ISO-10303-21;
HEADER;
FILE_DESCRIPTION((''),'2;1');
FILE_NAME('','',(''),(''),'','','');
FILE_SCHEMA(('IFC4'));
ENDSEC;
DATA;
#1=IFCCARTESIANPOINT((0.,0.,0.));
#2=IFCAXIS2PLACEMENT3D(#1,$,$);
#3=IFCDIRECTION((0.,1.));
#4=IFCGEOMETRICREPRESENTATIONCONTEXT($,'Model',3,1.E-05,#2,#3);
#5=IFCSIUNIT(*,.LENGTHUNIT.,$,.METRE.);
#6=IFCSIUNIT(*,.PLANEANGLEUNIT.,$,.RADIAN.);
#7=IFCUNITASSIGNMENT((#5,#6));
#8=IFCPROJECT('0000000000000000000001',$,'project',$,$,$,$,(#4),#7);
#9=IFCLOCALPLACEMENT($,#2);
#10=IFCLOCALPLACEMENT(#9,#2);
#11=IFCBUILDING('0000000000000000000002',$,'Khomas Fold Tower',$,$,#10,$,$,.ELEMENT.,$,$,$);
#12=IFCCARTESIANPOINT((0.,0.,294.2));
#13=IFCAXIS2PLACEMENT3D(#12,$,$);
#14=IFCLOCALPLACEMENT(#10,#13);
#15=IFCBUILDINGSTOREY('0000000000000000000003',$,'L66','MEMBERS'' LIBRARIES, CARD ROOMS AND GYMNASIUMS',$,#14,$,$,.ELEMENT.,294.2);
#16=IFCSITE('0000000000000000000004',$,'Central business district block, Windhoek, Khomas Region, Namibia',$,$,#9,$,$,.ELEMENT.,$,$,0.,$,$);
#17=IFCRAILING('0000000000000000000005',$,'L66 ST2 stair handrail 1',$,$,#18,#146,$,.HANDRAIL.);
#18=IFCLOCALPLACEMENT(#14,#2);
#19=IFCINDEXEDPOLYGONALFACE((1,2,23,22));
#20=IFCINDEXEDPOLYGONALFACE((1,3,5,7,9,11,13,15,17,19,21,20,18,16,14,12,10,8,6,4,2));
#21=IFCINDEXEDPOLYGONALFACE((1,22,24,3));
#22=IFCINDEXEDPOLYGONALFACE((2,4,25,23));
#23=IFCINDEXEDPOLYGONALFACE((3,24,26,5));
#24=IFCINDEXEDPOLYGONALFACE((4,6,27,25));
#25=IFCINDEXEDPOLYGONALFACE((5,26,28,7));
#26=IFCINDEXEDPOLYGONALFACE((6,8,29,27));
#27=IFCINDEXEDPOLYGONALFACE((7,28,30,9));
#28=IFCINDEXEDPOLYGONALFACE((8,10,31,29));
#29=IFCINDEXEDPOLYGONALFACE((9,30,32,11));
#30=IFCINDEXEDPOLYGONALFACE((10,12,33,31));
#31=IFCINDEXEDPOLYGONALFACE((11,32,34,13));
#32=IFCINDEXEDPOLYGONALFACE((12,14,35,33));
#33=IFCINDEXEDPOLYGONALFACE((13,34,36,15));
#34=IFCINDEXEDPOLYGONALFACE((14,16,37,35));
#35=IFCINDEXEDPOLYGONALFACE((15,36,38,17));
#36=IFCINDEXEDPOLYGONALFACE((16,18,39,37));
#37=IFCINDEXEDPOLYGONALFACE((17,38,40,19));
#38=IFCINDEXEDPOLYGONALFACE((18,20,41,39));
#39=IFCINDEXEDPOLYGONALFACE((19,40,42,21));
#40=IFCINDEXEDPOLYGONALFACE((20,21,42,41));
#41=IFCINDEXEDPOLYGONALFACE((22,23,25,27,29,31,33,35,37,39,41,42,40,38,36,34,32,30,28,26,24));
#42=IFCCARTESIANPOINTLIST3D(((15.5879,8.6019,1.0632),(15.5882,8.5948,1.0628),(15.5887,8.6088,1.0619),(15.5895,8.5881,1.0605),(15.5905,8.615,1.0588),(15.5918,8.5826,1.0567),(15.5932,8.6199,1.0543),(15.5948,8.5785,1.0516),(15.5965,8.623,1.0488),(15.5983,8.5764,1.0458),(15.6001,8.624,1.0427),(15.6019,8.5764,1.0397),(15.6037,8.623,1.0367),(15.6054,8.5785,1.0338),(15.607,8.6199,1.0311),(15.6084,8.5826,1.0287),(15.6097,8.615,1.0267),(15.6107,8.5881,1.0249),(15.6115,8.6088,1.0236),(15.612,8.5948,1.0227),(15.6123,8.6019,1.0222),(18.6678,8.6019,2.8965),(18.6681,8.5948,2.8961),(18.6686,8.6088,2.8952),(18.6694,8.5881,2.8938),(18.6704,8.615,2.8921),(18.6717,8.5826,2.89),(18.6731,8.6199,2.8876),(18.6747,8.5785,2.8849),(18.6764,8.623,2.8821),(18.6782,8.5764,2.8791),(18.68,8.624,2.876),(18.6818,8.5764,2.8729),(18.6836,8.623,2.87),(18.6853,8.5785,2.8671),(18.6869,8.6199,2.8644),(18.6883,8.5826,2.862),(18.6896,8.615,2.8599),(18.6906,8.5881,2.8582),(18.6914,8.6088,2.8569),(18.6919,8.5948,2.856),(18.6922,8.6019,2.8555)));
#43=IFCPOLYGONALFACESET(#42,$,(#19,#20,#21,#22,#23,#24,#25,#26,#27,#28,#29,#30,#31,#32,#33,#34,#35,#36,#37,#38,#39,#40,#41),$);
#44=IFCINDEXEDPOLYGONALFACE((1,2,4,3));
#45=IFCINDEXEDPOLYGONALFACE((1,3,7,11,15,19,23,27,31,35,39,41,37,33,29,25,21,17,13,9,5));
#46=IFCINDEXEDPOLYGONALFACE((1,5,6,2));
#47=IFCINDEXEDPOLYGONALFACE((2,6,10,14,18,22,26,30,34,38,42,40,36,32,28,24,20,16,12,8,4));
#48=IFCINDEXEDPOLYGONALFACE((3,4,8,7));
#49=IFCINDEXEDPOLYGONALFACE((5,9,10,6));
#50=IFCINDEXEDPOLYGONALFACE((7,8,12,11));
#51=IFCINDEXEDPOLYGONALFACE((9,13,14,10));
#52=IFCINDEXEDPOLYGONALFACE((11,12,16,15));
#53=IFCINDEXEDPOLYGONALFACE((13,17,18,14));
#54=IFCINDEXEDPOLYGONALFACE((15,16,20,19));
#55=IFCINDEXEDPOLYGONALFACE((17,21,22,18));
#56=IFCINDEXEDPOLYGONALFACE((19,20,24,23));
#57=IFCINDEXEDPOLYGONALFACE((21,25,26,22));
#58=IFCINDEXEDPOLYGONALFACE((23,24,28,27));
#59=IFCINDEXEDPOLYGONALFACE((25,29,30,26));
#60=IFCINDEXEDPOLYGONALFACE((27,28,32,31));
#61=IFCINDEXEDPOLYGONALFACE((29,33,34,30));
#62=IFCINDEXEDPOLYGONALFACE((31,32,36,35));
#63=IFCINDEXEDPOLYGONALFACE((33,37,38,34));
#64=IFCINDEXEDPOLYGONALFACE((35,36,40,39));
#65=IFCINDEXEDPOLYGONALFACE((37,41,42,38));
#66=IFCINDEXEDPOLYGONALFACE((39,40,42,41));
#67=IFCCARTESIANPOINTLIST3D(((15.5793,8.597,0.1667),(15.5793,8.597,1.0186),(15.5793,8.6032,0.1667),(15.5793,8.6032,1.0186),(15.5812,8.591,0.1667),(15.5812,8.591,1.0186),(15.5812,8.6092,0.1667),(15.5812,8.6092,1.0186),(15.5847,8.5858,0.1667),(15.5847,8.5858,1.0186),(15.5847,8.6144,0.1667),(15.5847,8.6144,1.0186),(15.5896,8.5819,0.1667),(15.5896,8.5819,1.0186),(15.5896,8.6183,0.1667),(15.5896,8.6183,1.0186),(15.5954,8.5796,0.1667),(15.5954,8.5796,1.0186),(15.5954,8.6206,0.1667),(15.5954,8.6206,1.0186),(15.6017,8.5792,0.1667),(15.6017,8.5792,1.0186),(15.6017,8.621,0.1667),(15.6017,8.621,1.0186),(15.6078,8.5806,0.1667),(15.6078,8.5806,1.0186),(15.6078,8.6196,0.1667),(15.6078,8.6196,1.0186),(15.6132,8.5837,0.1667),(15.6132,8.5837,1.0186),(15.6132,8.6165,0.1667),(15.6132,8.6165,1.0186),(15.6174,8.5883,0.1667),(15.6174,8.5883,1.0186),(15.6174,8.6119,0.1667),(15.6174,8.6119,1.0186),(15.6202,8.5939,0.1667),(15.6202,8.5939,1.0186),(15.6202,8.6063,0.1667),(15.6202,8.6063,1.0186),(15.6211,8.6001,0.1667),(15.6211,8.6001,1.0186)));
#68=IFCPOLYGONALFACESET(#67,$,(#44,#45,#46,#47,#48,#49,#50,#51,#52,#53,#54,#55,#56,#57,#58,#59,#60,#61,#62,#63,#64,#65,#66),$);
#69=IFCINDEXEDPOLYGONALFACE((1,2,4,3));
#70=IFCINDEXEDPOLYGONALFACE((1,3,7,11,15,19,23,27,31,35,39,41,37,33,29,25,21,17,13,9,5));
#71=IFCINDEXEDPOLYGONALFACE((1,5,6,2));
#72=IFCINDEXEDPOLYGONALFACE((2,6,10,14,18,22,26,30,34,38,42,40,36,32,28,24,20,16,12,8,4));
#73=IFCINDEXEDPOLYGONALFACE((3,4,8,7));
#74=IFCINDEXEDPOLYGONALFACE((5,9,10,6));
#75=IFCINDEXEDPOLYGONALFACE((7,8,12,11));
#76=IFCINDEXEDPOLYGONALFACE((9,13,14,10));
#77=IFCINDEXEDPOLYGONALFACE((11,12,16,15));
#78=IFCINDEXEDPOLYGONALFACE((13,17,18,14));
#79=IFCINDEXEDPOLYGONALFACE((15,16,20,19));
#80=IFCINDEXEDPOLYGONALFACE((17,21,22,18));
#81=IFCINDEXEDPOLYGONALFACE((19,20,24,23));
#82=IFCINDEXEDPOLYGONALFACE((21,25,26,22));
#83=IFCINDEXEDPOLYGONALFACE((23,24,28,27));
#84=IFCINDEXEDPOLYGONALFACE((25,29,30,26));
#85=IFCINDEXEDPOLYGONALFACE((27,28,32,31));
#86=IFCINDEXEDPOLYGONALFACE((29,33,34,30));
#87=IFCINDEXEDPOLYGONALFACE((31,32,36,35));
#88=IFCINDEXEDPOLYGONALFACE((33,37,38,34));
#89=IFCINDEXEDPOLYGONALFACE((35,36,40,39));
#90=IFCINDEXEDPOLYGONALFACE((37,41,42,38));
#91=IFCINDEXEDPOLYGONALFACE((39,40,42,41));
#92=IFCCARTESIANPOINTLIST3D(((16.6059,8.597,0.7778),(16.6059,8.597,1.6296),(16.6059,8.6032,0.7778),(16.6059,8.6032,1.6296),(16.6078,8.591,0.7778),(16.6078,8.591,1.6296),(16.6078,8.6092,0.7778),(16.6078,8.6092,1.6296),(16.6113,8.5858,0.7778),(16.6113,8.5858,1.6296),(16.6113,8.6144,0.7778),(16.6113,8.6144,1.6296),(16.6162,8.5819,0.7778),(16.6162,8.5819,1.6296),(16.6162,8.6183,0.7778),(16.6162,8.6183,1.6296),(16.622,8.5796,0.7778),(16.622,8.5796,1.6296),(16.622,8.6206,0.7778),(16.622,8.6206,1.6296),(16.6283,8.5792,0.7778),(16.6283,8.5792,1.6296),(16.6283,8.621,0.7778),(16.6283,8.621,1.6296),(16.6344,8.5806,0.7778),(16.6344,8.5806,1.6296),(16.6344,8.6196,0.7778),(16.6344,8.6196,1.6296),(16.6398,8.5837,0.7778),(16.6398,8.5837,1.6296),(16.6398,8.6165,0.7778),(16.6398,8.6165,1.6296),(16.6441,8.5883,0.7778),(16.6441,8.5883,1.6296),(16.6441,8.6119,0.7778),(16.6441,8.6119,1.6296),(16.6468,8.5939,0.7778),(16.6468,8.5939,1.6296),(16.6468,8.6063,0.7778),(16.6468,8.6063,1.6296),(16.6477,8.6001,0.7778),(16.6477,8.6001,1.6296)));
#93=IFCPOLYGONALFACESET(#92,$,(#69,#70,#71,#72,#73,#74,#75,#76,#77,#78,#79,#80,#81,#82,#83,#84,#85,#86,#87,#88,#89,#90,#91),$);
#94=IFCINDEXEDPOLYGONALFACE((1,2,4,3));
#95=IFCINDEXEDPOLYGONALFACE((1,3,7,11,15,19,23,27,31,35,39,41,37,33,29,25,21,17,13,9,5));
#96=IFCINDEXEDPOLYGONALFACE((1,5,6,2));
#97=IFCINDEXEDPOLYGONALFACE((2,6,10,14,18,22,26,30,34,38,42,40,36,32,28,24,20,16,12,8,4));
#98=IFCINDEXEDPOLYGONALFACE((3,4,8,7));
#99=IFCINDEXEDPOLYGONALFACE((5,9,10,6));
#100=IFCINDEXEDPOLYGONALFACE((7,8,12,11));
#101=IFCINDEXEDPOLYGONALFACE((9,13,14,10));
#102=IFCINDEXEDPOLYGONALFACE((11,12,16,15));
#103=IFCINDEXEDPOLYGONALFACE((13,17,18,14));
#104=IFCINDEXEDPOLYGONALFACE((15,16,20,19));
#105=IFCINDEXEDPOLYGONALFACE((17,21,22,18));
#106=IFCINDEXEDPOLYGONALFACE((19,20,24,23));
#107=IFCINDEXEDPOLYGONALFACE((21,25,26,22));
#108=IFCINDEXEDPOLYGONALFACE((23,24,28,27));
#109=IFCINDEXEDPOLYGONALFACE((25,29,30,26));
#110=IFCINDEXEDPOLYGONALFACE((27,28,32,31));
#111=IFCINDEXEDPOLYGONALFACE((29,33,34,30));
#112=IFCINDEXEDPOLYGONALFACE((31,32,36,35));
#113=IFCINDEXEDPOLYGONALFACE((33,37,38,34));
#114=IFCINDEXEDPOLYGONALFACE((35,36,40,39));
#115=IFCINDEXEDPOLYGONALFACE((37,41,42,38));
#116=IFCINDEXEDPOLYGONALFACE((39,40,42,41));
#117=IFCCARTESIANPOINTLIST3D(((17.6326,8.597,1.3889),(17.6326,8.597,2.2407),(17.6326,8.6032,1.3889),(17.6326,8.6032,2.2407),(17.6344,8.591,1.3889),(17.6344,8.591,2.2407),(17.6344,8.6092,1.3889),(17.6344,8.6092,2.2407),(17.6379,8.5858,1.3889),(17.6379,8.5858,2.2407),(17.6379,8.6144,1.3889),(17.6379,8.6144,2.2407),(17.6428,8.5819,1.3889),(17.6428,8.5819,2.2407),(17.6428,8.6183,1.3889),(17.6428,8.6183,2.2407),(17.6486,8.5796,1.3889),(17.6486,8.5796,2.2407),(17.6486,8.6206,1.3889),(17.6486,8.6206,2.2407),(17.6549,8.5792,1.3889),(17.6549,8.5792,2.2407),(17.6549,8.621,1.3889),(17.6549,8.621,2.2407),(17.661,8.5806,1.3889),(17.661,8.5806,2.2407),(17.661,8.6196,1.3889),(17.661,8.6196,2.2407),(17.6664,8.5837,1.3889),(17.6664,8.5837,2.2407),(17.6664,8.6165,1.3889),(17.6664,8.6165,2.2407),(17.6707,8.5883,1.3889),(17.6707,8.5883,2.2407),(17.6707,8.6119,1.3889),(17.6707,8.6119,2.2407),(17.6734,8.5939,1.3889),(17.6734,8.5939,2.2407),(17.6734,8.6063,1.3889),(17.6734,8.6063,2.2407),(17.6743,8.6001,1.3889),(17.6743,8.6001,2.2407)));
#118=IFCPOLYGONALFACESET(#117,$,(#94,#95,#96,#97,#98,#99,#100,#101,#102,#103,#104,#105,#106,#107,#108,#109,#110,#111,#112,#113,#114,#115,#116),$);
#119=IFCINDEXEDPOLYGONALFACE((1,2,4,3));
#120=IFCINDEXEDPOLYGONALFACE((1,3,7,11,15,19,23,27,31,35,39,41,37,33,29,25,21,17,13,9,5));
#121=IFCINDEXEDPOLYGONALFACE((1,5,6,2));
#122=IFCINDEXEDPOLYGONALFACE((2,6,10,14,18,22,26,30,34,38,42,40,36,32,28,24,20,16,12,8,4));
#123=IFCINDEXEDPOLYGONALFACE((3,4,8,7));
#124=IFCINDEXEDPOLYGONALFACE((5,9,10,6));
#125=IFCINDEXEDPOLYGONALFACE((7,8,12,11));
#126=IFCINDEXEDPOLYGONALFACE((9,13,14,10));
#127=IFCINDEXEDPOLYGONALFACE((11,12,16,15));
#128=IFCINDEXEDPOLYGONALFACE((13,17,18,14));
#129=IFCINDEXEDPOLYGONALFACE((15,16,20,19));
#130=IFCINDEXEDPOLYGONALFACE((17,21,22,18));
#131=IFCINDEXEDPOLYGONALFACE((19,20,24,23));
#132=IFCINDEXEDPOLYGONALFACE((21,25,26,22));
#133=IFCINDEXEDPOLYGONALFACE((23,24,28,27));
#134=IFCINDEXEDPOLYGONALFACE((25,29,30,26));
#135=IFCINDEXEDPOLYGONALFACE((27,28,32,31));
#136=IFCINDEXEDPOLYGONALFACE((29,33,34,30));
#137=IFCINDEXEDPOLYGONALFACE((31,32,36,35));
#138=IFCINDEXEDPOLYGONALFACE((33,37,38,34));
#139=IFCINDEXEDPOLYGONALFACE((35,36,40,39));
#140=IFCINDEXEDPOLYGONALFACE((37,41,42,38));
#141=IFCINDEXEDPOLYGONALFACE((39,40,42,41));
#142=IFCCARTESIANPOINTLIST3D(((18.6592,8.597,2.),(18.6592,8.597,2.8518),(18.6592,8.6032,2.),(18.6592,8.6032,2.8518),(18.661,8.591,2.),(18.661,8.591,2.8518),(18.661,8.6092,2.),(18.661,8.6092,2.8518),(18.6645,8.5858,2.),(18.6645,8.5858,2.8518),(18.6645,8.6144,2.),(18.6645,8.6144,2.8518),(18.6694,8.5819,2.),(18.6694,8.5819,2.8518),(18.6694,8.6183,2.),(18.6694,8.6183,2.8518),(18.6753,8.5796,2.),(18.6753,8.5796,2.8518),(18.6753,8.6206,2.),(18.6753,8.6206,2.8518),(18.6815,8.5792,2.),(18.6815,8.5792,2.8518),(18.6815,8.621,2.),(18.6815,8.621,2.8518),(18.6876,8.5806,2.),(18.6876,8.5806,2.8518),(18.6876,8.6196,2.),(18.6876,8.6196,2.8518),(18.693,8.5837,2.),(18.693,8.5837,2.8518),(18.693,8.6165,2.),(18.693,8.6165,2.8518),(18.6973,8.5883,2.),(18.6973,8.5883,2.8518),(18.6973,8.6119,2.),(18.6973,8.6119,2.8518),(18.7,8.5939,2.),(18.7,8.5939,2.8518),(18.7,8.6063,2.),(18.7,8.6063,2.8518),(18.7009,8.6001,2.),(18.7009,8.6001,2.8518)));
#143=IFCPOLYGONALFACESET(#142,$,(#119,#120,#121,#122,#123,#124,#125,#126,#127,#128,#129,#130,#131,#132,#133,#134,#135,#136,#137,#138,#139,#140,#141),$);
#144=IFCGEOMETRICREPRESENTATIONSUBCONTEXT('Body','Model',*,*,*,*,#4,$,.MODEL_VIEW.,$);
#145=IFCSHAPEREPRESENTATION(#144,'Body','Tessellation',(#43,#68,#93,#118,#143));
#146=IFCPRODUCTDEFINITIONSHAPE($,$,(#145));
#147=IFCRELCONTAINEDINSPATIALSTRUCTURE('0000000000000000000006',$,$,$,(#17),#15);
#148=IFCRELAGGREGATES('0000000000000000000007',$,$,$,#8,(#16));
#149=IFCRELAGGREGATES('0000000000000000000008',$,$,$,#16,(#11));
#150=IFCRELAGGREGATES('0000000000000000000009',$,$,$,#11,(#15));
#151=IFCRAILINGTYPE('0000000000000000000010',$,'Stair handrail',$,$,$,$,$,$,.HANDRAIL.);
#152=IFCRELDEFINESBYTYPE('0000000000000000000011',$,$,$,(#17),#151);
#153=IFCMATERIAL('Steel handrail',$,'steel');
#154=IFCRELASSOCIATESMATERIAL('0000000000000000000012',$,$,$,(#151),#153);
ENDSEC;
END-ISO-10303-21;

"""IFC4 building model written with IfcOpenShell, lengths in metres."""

from ifc_helpers import new_model, si_unit, direction, frame, origin, origin_2d, place, context, subcontext, project, spatial, circle, extrude, source, transform, mapped, material, type_object, element, save


model = new_model("IFC4")

# Units and contexts
model_context = context("Model", 3, precision=1e-05, world=origin(), true_north=direction((0.0, 1.0)))
body_context = subcontext(model_context, "Body", "Model", "MODEL_VIEW")
ifc_project = project(units=[si_unit("LENGTHUNIT", "METRE"), si_unit("PLANEANGLEUNIT", "RADIAN")], contexts=[model_context])

# Site, building, storey
site_placement = place(None, origin())
site = spatial("IfcSite", under=ifc_project, at=site_placement, Name="Central business district block, Windhoek, Khomas Region, Namibia", CompositionType="ELEMENT", RefElevation=0.0)
building_placement = place(site_placement, origin())
building = spatial("IfcBuilding", under=site, at=building_placement, Name="Khomas Fold Tower", CompositionType="ELEMENT")
storey_placement = place(building_placement, frame((0.0, 0.0, 294.2)))
storey = spatial("IfcBuildingStorey", under=building, at=storey_placement, Name="L66", Description="MEMBERS' LIBRARIES, CARD ROOMS AND GYMNASIUMS", CompositionType="ELEMENT", Elevation=294.2)

# Railing
ifc_material_1 = material(Name="Steel handrail", Category="steel")
railing_type_1 = type_object("IfcRailingType", Name="Stair handrail", PredefinedType="HANDRAIL", material=ifc_material_1)
shared_shape_1 = source(origin(), body_context, "Body", "SweptSolid", [
    extrude(circle(Radius=0.0239, at=origin_2d()), frame((0.0, 0.0, 0.876), z_axis=(0.859291, 0.0, 0.511487), x_axis=(0.0, 1.0, 0.0)), (0.0, 0.0, 1.0), 3.5842),
    extrude(circle(Radius=0.021, at=origin_2d()), origin(), (0.0, 0.0, 1.0), 0.8518),
    extrude(circle(Radius=0.021, at=origin_2d()), frame((1.0266, 0.0, 0.6111)), (0.0, 0.0, 1.0), 0.8518),
    extrude(circle(Radius=0.021, at=origin_2d()), frame((2.0532, 0.0, 1.2222)), (0.0, 0.0, 1.0), 0.8518),
    extrude(circle(Radius=0.021, at=origin_2d()), frame((3.0798, 0.0, 1.8333)), (0.0, 0.0, 1.0), 0.8518),
])
railing_1_placement = place(storey_placement, frame((15.6001, 8.6001, 0.1667)))
element("IfcRailing", 1, at=railing_1_placement, inside=storey, type_object=railing_type_1, Name="L66 ST2 stair handrail 1", PredefinedType="HANDRAIL", context=body_context, shape_type="MappedRepresentation", body=[
    mapped(shared_shape_1, transform((0.0, 0.0, 0.0))),
])

save(model, "model.ifc")
